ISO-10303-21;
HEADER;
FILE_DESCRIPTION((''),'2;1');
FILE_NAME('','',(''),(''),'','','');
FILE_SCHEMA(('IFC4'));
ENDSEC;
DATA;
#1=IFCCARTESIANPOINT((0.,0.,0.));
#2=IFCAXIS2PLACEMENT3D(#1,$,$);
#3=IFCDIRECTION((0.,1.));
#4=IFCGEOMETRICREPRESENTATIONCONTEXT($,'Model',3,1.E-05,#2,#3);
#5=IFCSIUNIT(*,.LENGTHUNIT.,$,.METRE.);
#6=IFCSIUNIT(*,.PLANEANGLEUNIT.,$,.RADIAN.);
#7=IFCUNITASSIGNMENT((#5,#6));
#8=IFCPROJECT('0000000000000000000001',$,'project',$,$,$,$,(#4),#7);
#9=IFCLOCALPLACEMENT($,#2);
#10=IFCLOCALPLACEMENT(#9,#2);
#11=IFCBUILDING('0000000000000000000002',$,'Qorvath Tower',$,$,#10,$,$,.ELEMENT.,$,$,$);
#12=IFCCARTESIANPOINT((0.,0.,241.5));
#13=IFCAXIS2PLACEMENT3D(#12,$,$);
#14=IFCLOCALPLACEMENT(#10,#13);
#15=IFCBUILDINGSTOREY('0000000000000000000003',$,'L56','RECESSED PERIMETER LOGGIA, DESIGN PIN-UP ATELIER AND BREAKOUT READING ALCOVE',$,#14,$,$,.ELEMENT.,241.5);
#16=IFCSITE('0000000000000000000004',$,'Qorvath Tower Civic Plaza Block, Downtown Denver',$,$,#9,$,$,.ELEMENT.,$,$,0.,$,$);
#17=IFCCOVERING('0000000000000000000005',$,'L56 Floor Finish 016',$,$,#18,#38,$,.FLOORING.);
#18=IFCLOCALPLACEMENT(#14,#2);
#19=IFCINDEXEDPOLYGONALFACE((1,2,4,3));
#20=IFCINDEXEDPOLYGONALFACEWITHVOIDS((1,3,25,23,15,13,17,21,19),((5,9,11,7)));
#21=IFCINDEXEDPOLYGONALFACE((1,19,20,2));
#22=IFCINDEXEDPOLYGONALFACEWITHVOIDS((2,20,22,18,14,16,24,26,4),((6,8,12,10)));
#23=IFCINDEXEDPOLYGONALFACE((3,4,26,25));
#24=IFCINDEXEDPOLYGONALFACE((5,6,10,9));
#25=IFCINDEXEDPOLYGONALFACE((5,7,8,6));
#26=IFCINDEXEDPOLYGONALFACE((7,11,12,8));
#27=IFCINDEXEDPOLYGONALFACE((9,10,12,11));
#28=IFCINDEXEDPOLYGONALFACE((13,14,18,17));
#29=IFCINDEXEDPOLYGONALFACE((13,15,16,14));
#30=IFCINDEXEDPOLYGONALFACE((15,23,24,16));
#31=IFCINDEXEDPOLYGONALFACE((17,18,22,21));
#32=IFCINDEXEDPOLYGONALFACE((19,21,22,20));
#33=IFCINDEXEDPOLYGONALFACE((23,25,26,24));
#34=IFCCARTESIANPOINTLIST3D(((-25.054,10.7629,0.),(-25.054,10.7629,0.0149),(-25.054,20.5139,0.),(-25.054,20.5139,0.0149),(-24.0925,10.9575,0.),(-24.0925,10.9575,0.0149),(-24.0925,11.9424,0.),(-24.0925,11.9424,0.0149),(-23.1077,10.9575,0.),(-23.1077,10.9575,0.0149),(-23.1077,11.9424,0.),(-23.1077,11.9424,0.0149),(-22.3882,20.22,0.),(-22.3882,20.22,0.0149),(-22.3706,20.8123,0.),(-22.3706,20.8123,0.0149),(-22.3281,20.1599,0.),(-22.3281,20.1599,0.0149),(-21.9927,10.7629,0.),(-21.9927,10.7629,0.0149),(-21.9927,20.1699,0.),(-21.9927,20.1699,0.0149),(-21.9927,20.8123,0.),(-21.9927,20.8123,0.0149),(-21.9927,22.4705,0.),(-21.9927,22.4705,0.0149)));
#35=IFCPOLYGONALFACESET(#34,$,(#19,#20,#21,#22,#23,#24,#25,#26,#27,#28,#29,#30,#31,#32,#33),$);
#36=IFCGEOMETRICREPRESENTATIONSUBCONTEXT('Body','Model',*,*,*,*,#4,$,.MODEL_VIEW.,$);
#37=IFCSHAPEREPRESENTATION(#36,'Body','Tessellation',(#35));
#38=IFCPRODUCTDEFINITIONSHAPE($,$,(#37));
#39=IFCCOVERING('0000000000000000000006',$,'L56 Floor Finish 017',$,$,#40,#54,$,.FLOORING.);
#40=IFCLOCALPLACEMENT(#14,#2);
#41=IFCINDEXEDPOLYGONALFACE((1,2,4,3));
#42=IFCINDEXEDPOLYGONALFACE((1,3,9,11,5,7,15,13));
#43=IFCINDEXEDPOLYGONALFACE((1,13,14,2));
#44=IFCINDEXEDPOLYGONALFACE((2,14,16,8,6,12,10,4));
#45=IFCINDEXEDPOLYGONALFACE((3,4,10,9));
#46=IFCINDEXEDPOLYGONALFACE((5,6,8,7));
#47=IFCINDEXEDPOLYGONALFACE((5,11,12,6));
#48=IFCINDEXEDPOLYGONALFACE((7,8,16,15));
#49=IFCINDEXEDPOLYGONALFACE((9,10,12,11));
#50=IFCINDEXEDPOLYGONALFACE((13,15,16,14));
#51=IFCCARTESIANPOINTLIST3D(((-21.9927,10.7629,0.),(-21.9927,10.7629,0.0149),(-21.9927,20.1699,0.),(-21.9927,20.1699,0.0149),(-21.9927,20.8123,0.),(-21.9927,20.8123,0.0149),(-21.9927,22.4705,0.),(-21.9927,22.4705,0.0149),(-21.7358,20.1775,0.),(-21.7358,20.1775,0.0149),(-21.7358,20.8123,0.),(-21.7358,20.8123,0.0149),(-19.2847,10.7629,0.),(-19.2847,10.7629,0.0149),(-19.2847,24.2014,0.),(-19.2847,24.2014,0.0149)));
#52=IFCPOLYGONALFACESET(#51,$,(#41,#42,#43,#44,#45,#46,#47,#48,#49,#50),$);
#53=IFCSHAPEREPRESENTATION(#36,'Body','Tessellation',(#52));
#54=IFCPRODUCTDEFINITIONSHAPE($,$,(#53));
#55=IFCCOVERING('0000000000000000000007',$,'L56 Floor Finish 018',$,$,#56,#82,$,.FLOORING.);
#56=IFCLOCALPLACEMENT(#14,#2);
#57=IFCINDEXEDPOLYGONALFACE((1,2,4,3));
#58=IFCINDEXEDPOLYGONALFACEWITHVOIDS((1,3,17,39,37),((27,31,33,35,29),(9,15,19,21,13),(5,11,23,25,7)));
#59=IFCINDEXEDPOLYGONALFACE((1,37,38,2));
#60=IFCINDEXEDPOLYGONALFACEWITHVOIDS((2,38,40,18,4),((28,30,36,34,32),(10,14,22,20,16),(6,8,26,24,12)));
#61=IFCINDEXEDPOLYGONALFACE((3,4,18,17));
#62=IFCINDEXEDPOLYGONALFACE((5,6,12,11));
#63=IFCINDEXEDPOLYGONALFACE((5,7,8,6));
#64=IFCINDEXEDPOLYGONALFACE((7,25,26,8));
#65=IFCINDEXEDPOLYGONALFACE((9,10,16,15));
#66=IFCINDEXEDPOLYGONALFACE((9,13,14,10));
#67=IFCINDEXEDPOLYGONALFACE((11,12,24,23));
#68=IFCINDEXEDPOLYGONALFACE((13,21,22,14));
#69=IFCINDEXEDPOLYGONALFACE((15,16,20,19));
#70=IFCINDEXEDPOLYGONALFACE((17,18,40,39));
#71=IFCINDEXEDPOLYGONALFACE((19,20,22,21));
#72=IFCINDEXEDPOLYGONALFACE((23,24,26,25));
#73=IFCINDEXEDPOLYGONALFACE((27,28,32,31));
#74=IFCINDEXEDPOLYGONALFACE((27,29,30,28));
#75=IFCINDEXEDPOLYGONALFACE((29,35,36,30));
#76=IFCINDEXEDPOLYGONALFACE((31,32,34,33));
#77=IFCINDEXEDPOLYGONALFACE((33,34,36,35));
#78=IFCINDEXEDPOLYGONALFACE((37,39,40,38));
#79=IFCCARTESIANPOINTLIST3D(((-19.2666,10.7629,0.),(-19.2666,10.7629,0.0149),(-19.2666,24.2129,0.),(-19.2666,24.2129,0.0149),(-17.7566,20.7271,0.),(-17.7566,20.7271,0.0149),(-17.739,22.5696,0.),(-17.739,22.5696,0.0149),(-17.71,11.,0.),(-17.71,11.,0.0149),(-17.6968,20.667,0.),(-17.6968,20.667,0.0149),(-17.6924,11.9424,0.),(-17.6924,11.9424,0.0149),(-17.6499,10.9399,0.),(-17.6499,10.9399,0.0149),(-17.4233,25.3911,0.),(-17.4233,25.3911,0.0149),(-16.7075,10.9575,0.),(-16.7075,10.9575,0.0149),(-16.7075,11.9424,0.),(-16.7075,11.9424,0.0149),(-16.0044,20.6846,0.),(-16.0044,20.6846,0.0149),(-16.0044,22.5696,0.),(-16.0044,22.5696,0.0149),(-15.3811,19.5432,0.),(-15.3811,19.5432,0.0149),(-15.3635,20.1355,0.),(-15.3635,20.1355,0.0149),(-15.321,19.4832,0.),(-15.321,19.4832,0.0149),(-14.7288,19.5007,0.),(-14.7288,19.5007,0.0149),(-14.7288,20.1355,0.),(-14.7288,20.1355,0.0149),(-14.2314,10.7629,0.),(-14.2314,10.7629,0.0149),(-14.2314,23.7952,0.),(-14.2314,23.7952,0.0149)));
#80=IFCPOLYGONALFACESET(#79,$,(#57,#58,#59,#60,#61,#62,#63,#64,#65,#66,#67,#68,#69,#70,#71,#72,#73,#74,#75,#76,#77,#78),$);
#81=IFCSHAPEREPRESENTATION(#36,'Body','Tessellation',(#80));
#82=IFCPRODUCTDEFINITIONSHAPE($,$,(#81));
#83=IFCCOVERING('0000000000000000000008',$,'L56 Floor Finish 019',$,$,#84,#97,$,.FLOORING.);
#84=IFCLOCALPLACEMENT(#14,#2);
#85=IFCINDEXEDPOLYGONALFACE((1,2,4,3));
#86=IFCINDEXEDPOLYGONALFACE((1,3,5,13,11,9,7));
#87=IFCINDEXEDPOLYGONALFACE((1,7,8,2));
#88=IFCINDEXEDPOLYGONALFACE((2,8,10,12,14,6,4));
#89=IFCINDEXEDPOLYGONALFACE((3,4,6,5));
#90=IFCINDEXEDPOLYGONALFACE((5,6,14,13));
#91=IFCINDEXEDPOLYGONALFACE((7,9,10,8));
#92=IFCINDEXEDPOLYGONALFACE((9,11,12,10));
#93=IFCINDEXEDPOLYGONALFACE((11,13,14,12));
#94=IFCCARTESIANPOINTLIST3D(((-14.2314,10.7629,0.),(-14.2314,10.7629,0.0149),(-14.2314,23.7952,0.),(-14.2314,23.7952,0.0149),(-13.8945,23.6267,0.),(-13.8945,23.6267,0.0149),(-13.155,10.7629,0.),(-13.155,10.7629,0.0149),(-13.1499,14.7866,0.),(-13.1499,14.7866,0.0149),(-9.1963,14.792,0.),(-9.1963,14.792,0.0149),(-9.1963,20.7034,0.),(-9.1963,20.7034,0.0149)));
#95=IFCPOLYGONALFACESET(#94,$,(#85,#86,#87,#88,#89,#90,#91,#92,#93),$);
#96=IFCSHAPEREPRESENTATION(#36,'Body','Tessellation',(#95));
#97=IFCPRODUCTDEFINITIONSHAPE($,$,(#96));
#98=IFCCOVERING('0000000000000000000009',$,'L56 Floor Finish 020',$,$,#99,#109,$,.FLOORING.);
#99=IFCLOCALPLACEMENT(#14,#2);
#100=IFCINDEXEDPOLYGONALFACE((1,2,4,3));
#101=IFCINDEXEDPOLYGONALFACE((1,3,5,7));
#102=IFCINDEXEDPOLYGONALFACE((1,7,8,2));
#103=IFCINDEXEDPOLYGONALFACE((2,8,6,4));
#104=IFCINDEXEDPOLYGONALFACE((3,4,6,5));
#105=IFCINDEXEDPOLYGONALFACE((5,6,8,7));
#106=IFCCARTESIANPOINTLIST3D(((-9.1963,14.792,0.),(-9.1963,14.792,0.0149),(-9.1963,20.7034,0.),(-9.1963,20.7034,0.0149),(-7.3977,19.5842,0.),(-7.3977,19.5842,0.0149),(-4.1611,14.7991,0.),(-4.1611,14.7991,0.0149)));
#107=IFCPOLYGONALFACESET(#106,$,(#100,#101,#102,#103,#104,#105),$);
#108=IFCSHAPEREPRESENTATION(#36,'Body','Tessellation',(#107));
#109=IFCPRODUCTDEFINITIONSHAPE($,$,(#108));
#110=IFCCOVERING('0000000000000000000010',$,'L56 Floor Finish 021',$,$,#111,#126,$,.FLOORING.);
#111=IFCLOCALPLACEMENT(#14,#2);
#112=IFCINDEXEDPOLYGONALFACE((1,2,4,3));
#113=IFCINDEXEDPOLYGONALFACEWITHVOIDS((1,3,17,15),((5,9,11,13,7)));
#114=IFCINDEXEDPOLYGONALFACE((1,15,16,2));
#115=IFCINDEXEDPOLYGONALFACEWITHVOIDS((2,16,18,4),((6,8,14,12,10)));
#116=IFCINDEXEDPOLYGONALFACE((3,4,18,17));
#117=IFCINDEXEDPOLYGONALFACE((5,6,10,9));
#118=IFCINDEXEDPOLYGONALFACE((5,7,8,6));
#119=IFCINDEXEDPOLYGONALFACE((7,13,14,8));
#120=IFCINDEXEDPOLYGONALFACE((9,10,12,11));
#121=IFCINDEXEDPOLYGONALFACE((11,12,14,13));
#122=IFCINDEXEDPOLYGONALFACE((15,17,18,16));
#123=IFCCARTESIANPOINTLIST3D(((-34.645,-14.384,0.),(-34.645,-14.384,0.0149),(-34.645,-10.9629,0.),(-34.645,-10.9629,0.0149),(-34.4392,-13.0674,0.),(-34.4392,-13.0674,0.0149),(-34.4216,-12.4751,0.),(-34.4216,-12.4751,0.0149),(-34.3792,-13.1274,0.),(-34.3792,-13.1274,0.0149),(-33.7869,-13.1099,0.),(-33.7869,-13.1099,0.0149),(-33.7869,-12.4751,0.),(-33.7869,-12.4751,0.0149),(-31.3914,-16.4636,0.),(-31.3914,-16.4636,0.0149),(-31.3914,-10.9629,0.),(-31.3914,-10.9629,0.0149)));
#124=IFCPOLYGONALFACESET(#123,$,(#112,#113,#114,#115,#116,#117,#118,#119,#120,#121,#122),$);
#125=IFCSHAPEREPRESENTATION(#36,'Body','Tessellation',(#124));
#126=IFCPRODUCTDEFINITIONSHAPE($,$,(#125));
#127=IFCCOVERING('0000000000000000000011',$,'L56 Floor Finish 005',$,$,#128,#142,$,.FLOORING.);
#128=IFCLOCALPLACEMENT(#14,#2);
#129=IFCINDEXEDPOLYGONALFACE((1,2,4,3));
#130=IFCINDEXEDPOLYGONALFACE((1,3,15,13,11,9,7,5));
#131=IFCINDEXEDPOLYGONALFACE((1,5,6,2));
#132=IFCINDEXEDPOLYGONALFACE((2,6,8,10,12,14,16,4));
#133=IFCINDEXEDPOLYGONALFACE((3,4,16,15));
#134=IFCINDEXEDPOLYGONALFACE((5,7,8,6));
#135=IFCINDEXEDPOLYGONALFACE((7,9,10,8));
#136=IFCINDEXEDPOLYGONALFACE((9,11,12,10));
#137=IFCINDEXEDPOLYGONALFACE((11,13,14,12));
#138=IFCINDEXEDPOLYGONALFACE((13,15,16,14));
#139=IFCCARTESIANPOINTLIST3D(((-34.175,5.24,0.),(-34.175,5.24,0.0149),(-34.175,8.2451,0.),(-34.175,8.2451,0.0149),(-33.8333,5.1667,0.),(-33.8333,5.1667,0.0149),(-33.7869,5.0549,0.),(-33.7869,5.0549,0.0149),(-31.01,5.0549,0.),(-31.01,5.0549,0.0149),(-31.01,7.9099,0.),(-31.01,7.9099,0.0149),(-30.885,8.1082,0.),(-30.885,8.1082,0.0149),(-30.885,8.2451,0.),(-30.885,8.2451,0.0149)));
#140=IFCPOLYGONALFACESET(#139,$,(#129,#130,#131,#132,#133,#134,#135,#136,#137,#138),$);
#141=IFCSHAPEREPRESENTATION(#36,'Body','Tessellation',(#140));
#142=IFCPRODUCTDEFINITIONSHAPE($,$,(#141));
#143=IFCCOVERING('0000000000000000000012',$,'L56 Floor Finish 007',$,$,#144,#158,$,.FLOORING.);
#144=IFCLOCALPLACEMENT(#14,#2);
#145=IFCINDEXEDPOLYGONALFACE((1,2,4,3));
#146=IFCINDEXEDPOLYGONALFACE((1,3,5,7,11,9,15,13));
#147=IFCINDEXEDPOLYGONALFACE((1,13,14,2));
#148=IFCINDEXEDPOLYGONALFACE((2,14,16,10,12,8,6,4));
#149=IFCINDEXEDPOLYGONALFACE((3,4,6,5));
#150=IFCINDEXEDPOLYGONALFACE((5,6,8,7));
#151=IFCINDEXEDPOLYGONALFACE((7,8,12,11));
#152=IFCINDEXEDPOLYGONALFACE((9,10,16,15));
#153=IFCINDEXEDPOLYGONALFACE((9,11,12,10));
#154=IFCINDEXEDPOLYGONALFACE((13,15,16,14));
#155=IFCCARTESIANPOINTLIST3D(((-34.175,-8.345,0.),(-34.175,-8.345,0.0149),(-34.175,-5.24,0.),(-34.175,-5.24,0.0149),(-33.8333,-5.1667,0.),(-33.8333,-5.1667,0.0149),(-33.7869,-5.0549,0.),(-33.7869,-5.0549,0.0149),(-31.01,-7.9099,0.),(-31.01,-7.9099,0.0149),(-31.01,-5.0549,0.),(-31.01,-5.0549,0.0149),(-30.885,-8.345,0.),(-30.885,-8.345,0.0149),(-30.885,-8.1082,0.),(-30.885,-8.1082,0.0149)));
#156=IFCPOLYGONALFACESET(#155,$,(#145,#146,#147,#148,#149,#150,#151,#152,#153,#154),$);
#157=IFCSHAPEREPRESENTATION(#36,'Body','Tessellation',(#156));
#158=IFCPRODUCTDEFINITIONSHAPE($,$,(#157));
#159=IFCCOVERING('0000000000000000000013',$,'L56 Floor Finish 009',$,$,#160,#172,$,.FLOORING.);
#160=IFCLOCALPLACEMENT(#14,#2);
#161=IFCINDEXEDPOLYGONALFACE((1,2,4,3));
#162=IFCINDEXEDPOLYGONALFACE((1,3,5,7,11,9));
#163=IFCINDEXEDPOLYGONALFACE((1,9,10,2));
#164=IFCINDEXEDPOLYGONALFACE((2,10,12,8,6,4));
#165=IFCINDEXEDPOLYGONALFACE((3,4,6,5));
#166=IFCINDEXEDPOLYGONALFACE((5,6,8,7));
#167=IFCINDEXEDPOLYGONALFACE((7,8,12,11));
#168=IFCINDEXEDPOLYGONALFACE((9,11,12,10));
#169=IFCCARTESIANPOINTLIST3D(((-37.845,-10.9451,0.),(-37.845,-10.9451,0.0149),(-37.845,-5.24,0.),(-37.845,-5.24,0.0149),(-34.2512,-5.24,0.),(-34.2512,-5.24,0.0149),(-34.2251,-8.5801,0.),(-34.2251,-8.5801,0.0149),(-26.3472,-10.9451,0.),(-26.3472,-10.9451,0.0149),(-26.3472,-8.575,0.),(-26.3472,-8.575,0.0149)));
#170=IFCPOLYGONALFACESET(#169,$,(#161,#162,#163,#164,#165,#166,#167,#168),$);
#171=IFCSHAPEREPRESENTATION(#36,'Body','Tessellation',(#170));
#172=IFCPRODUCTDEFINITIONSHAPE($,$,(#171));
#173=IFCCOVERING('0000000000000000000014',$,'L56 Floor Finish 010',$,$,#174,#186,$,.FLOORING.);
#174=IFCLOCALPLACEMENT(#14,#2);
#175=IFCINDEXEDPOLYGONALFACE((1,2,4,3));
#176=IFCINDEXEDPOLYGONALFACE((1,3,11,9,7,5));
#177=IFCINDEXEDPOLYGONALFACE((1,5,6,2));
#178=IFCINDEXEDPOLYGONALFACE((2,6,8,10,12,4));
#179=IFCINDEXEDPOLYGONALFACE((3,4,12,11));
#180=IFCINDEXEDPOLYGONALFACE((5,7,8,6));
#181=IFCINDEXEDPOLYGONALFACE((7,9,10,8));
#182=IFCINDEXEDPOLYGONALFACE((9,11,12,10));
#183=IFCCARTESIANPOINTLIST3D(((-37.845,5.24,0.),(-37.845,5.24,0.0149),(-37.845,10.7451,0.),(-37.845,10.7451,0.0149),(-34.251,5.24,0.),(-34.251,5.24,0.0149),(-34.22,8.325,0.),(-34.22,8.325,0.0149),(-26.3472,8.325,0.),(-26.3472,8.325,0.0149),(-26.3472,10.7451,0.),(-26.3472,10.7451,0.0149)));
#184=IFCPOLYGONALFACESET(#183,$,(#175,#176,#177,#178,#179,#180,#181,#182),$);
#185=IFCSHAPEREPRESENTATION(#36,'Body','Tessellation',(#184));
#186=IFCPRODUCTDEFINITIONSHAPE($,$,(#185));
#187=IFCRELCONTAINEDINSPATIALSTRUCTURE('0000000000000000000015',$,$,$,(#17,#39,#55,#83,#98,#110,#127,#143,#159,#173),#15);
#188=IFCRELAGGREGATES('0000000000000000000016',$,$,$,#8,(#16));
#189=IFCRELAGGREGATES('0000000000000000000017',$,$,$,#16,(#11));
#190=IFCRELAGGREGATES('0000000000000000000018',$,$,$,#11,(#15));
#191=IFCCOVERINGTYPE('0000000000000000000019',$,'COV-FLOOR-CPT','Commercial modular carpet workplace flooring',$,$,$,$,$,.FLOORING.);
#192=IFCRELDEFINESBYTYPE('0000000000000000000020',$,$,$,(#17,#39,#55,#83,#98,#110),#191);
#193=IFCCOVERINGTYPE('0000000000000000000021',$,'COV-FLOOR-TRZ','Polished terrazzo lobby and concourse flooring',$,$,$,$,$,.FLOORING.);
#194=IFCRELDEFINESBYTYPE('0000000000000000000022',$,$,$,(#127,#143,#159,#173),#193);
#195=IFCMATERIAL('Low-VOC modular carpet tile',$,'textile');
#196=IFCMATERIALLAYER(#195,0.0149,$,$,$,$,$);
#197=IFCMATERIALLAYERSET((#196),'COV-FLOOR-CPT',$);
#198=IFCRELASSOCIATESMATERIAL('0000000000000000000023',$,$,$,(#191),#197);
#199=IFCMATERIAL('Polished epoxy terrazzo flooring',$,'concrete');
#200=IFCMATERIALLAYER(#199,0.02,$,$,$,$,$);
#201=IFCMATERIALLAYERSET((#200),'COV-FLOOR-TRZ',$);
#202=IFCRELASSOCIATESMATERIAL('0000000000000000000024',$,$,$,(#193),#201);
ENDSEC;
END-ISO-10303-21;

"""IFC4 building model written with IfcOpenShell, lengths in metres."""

from ifc_helpers import new_model, si_unit, direction, frame, origin, place, context, subcontext, project, spatial, polyline, outline, extrude, material, layer, layer_set, type_object, element, save


model = new_model("IFC4")

# Units and contexts
model_context = context("Model", 3, precision=1e-05, world=origin(), true_north=direction((0.0, 1.0)))
body_context = subcontext(model_context, "Body", "Model", "MODEL_VIEW")
ifc_project = project(units=[si_unit("LENGTHUNIT", "METRE"), si_unit("PLANEANGLEUNIT", "RADIAN")], contexts=[model_context])

# Site, building, storey
site_placement = place(None, origin())
site = spatial("IfcSite", under=ifc_project, at=site_placement, Name="Qorvath Tower Civic Plaza Block, Downtown Denver", CompositionType="ELEMENT", RefElevation=0.0)
building_placement = place(site_placement, origin())
building = spatial("IfcBuilding", under=site, at=building_placement, Name="Qorvath Tower", CompositionType="ELEMENT")
storey_placement = place(building_placement, frame((0.0, 0.0, 241.5)))
storey = spatial("IfcBuildingStorey", under=building, at=storey_placement, Name="L56", Description="RECESSED PERIMETER LOGGIA, DESIGN PIN-UP ATELIER AND BREAKOUT READING ALCOVE", CompositionType="ELEMENT", Elevation=241.5)

# Coverings
ifc_material_1 = material(Name="Low-VOC modular carpet tile", Category="textile")
ifc_layer_1 = layer(ifc_material_1, 0.0149)
ifc_layer_set_1 = layer_set([ifc_layer_1], Name="COV-FLOOR-CPT")
covering_type_1 = type_object("IfcCoveringType", Name="COV-FLOOR-CPT", Description="Commercial modular carpet workplace flooring", PredefinedType="FLOORING", material=ifc_layer_set_1)
covering_1_placement = place(storey_placement, origin())
element("IfcCovering", 1, at=covering_1_placement, inside=storey, type_object=covering_type_1, Name="L56 Floor Finish 016", PredefinedType="FLOORING", context=body_context, shape_type="SweptSolid", body=[
    extrude(outline(polyline([(-25.054, 20.5139), (-25.054, 10.7629), (-21.9927, 10.7629), (-21.9927, 20.1699), (-22.3281, 20.1599), (-22.3882, 20.22), (-22.3706, 20.8123), (-21.9927, 20.8123), (-21.9927, 22.4705), (-25.054, 20.5139)]), holes=[polyline([(-24.0925, 10.9575), (-24.0925, 11.9424), (-23.1077, 11.9424), (-23.1077, 10.9575), (-24.0925, 10.9575)])]), origin(), (0.0, 0.0, 1.0), 0.0149),
])
covering_2_placement = place(storey_placement, origin())
element("IfcCovering", 2, at=covering_2_placement, inside=storey, type_object=covering_type_1, Name="L56 Floor Finish 017", PredefinedType="FLOORING", context=body_context, shape_type="SweptSolid", body=[
    extrude(outline(polyline([(-21.9927, 22.4705), (-21.9927, 20.8123), (-21.7358, 20.8123), (-21.7358, 20.1775), (-21.9927, 20.1699), (-21.9927, 10.7629), (-19.2847, 10.7629), (-19.2847, 24.2014), (-21.9927, 22.4705)])), origin(), (0.0, 0.0, 1.0), 0.0149),
])
covering_3_placement = place(storey_placement, origin())
element("IfcCovering", 3, at=covering_3_placement, inside=storey, type_object=covering_type_1, Name="L56 Floor Finish 018", PredefinedType="FLOORING", context=body_context, shape_type="SweptSolid", body=[
    extrude(outline(polyline([(-14.2314, 10.7629), (-14.2314, 23.7952), (-17.4233, 25.3911), (-19.2666, 24.2129), (-19.2666, 10.7629), (-14.2314, 10.7629)]), holes=[polyline([(-15.3811, 19.5432), (-15.3635, 20.1355), (-14.7288, 20.1355), (-14.7288, 19.5007), (-15.321, 19.4832), (-15.3811, 19.5432)]), polyline([(-17.7566, 20.7271), (-17.739, 22.5696), (-16.0044, 22.5696), (-16.0044, 20.6846), (-17.6968, 20.667), (-17.7566, 20.7271)]), polyline([(-17.71, 11.0), (-17.6924, 11.9424), (-16.7075, 11.9424), (-16.7075, 10.9575), (-17.6499, 10.9399), (-17.71, 11.0)])]), origin(), (0.0, 0.0, 1.0), 0.0149),
])
covering_4_placement = place(storey_placement, origin())
element("IfcCovering", 4, at=covering_4_placement, inside=storey, type_object=covering_type_1, Name="L56 Floor Finish 019", PredefinedType="FLOORING", context=body_context, shape_type="SweptSolid", body=[
    extrude(outline(polyline([(-9.1963, 14.792), (-9.1963, 20.7034), (-13.8945, 23.6267), (-14.2314, 23.7952), (-14.2314, 10.7629), (-13.155, 10.7629), (-13.1499, 14.7866), (-9.1963, 14.792)])), origin(), (0.0, 0.0, 1.0), 0.0149),
])
covering_5_placement = place(storey_placement, origin())
element("IfcCovering", 5, at=covering_5_placement, inside=storey, type_object=covering_type_1, Name="L56 Floor Finish 020", PredefinedType="FLOORING", context=body_context, shape_type="SweptSolid", body=[
    extrude(outline(polyline([(-4.1611, 14.7991), (-7.3977, 19.5842), (-9.1963, 20.7034), (-9.1963, 14.792), (-4.1611, 14.7991)])), origin(), (0.0, 0.0, 1.0), 0.0149),
])
covering_6_placement = place(storey_placement, origin())
element("IfcCovering", 6, at=covering_6_placement, inside=storey, type_object=covering_type_1, Name="L56 Floor Finish 021", PredefinedType="FLOORING", context=body_context, shape_type="SweptSolid", body=[
    extrude(outline(polyline([(-34.645, -10.9629), (-34.645, -14.384), (-31.3914, -16.4636), (-31.3914, -10.9629), (-34.645, -10.9629)]), holes=[polyline([(-34.4392, -13.0674), (-34.4216, -12.4751), (-33.7869, -12.4751), (-33.7869, -13.1099), (-34.3792, -13.1274), (-34.4392, -13.0674)])]), origin(), (0.0, 0.0, 1.0), 0.0149),
])
ifc_material_2 = material(Name="Polished epoxy terrazzo flooring", Category="concrete")
ifc_layer_2 = layer(ifc_material_2, 0.02)
ifc_layer_set_2 = layer_set([ifc_layer_2], Name="COV-FLOOR-TRZ")
covering_type_2 = type_object("IfcCoveringType", Name="COV-FLOOR-TRZ", Description="Polished terrazzo lobby and concourse flooring", PredefinedType="FLOORING", material=ifc_layer_set_2)
covering_7_placement = place(storey_placement, origin())
element("IfcCovering", 7, at=covering_7_placement, inside=storey, type_object=covering_type_2, Name="L56 Floor Finish 005", PredefinedType="FLOORING", context=body_context, shape_type="SweptSolid", body=[
    extrude(outline(polyline([(-31.01, 5.0549), (-31.01, 7.9099), (-30.885, 8.1082), (-30.885, 8.2451), (-34.175, 8.2451), (-34.175, 5.24), (-33.8333, 5.1667), (-33.7869, 5.0549), (-31.01, 5.0549)])), origin(), (0.0, 0.0, 1.0), 0.0149),
])
covering_8_placement = place(storey_placement, origin())
element("IfcCovering", 8, at=covering_8_placement, inside=storey, type_object=covering_type_2, Name="L56 Floor Finish 007", PredefinedType="FLOORING", context=body_context, shape_type="SweptSolid", body=[
    extrude(outline(polyline([(-30.885, -8.1082), (-31.01, -7.9099), (-31.01, -5.0549), (-33.7869, -5.0549), (-33.8333, -5.1667), (-34.175, -5.24), (-34.175, -8.345), (-30.885, -8.345), (-30.885, -8.1082)])), origin(), (0.0, 0.0, 1.0), 0.0149),
])
covering_9_placement = place(storey_placement, origin())
element("IfcCovering", 9, at=covering_9_placement, inside=storey, type_object=covering_type_2, Name="L56 Floor Finish 009", PredefinedType="FLOORING", context=body_context, shape_type="SweptSolid", body=[
    extrude(outline(polyline([(-34.2251, -8.5801), (-34.2512, -5.24), (-37.845, -5.24), (-37.845, -10.9451), (-26.3472, -10.9451), (-26.3472, -8.575), (-34.2251, -8.5801)])), origin(), (0.0, 0.0, 1.0), 0.0149),
])
covering_10_placement = place(storey_placement, origin())
element("IfcCovering", 10, at=covering_10_placement, inside=storey, type_object=covering_type_2, Name="L56 Floor Finish 010", PredefinedType="FLOORING", context=body_context, shape_type="SweptSolid", body=[
    extrude(outline(polyline([(-26.3472, 8.325), (-26.3472, 10.7451), (-37.845, 10.7451), (-37.845, 5.24), (-34.251, 5.24), (-34.22, 8.325), (-26.3472, 8.325)])), origin(), (0.0, 0.0, 1.0), 0.0149),
])

save(model, "model.ifc")
